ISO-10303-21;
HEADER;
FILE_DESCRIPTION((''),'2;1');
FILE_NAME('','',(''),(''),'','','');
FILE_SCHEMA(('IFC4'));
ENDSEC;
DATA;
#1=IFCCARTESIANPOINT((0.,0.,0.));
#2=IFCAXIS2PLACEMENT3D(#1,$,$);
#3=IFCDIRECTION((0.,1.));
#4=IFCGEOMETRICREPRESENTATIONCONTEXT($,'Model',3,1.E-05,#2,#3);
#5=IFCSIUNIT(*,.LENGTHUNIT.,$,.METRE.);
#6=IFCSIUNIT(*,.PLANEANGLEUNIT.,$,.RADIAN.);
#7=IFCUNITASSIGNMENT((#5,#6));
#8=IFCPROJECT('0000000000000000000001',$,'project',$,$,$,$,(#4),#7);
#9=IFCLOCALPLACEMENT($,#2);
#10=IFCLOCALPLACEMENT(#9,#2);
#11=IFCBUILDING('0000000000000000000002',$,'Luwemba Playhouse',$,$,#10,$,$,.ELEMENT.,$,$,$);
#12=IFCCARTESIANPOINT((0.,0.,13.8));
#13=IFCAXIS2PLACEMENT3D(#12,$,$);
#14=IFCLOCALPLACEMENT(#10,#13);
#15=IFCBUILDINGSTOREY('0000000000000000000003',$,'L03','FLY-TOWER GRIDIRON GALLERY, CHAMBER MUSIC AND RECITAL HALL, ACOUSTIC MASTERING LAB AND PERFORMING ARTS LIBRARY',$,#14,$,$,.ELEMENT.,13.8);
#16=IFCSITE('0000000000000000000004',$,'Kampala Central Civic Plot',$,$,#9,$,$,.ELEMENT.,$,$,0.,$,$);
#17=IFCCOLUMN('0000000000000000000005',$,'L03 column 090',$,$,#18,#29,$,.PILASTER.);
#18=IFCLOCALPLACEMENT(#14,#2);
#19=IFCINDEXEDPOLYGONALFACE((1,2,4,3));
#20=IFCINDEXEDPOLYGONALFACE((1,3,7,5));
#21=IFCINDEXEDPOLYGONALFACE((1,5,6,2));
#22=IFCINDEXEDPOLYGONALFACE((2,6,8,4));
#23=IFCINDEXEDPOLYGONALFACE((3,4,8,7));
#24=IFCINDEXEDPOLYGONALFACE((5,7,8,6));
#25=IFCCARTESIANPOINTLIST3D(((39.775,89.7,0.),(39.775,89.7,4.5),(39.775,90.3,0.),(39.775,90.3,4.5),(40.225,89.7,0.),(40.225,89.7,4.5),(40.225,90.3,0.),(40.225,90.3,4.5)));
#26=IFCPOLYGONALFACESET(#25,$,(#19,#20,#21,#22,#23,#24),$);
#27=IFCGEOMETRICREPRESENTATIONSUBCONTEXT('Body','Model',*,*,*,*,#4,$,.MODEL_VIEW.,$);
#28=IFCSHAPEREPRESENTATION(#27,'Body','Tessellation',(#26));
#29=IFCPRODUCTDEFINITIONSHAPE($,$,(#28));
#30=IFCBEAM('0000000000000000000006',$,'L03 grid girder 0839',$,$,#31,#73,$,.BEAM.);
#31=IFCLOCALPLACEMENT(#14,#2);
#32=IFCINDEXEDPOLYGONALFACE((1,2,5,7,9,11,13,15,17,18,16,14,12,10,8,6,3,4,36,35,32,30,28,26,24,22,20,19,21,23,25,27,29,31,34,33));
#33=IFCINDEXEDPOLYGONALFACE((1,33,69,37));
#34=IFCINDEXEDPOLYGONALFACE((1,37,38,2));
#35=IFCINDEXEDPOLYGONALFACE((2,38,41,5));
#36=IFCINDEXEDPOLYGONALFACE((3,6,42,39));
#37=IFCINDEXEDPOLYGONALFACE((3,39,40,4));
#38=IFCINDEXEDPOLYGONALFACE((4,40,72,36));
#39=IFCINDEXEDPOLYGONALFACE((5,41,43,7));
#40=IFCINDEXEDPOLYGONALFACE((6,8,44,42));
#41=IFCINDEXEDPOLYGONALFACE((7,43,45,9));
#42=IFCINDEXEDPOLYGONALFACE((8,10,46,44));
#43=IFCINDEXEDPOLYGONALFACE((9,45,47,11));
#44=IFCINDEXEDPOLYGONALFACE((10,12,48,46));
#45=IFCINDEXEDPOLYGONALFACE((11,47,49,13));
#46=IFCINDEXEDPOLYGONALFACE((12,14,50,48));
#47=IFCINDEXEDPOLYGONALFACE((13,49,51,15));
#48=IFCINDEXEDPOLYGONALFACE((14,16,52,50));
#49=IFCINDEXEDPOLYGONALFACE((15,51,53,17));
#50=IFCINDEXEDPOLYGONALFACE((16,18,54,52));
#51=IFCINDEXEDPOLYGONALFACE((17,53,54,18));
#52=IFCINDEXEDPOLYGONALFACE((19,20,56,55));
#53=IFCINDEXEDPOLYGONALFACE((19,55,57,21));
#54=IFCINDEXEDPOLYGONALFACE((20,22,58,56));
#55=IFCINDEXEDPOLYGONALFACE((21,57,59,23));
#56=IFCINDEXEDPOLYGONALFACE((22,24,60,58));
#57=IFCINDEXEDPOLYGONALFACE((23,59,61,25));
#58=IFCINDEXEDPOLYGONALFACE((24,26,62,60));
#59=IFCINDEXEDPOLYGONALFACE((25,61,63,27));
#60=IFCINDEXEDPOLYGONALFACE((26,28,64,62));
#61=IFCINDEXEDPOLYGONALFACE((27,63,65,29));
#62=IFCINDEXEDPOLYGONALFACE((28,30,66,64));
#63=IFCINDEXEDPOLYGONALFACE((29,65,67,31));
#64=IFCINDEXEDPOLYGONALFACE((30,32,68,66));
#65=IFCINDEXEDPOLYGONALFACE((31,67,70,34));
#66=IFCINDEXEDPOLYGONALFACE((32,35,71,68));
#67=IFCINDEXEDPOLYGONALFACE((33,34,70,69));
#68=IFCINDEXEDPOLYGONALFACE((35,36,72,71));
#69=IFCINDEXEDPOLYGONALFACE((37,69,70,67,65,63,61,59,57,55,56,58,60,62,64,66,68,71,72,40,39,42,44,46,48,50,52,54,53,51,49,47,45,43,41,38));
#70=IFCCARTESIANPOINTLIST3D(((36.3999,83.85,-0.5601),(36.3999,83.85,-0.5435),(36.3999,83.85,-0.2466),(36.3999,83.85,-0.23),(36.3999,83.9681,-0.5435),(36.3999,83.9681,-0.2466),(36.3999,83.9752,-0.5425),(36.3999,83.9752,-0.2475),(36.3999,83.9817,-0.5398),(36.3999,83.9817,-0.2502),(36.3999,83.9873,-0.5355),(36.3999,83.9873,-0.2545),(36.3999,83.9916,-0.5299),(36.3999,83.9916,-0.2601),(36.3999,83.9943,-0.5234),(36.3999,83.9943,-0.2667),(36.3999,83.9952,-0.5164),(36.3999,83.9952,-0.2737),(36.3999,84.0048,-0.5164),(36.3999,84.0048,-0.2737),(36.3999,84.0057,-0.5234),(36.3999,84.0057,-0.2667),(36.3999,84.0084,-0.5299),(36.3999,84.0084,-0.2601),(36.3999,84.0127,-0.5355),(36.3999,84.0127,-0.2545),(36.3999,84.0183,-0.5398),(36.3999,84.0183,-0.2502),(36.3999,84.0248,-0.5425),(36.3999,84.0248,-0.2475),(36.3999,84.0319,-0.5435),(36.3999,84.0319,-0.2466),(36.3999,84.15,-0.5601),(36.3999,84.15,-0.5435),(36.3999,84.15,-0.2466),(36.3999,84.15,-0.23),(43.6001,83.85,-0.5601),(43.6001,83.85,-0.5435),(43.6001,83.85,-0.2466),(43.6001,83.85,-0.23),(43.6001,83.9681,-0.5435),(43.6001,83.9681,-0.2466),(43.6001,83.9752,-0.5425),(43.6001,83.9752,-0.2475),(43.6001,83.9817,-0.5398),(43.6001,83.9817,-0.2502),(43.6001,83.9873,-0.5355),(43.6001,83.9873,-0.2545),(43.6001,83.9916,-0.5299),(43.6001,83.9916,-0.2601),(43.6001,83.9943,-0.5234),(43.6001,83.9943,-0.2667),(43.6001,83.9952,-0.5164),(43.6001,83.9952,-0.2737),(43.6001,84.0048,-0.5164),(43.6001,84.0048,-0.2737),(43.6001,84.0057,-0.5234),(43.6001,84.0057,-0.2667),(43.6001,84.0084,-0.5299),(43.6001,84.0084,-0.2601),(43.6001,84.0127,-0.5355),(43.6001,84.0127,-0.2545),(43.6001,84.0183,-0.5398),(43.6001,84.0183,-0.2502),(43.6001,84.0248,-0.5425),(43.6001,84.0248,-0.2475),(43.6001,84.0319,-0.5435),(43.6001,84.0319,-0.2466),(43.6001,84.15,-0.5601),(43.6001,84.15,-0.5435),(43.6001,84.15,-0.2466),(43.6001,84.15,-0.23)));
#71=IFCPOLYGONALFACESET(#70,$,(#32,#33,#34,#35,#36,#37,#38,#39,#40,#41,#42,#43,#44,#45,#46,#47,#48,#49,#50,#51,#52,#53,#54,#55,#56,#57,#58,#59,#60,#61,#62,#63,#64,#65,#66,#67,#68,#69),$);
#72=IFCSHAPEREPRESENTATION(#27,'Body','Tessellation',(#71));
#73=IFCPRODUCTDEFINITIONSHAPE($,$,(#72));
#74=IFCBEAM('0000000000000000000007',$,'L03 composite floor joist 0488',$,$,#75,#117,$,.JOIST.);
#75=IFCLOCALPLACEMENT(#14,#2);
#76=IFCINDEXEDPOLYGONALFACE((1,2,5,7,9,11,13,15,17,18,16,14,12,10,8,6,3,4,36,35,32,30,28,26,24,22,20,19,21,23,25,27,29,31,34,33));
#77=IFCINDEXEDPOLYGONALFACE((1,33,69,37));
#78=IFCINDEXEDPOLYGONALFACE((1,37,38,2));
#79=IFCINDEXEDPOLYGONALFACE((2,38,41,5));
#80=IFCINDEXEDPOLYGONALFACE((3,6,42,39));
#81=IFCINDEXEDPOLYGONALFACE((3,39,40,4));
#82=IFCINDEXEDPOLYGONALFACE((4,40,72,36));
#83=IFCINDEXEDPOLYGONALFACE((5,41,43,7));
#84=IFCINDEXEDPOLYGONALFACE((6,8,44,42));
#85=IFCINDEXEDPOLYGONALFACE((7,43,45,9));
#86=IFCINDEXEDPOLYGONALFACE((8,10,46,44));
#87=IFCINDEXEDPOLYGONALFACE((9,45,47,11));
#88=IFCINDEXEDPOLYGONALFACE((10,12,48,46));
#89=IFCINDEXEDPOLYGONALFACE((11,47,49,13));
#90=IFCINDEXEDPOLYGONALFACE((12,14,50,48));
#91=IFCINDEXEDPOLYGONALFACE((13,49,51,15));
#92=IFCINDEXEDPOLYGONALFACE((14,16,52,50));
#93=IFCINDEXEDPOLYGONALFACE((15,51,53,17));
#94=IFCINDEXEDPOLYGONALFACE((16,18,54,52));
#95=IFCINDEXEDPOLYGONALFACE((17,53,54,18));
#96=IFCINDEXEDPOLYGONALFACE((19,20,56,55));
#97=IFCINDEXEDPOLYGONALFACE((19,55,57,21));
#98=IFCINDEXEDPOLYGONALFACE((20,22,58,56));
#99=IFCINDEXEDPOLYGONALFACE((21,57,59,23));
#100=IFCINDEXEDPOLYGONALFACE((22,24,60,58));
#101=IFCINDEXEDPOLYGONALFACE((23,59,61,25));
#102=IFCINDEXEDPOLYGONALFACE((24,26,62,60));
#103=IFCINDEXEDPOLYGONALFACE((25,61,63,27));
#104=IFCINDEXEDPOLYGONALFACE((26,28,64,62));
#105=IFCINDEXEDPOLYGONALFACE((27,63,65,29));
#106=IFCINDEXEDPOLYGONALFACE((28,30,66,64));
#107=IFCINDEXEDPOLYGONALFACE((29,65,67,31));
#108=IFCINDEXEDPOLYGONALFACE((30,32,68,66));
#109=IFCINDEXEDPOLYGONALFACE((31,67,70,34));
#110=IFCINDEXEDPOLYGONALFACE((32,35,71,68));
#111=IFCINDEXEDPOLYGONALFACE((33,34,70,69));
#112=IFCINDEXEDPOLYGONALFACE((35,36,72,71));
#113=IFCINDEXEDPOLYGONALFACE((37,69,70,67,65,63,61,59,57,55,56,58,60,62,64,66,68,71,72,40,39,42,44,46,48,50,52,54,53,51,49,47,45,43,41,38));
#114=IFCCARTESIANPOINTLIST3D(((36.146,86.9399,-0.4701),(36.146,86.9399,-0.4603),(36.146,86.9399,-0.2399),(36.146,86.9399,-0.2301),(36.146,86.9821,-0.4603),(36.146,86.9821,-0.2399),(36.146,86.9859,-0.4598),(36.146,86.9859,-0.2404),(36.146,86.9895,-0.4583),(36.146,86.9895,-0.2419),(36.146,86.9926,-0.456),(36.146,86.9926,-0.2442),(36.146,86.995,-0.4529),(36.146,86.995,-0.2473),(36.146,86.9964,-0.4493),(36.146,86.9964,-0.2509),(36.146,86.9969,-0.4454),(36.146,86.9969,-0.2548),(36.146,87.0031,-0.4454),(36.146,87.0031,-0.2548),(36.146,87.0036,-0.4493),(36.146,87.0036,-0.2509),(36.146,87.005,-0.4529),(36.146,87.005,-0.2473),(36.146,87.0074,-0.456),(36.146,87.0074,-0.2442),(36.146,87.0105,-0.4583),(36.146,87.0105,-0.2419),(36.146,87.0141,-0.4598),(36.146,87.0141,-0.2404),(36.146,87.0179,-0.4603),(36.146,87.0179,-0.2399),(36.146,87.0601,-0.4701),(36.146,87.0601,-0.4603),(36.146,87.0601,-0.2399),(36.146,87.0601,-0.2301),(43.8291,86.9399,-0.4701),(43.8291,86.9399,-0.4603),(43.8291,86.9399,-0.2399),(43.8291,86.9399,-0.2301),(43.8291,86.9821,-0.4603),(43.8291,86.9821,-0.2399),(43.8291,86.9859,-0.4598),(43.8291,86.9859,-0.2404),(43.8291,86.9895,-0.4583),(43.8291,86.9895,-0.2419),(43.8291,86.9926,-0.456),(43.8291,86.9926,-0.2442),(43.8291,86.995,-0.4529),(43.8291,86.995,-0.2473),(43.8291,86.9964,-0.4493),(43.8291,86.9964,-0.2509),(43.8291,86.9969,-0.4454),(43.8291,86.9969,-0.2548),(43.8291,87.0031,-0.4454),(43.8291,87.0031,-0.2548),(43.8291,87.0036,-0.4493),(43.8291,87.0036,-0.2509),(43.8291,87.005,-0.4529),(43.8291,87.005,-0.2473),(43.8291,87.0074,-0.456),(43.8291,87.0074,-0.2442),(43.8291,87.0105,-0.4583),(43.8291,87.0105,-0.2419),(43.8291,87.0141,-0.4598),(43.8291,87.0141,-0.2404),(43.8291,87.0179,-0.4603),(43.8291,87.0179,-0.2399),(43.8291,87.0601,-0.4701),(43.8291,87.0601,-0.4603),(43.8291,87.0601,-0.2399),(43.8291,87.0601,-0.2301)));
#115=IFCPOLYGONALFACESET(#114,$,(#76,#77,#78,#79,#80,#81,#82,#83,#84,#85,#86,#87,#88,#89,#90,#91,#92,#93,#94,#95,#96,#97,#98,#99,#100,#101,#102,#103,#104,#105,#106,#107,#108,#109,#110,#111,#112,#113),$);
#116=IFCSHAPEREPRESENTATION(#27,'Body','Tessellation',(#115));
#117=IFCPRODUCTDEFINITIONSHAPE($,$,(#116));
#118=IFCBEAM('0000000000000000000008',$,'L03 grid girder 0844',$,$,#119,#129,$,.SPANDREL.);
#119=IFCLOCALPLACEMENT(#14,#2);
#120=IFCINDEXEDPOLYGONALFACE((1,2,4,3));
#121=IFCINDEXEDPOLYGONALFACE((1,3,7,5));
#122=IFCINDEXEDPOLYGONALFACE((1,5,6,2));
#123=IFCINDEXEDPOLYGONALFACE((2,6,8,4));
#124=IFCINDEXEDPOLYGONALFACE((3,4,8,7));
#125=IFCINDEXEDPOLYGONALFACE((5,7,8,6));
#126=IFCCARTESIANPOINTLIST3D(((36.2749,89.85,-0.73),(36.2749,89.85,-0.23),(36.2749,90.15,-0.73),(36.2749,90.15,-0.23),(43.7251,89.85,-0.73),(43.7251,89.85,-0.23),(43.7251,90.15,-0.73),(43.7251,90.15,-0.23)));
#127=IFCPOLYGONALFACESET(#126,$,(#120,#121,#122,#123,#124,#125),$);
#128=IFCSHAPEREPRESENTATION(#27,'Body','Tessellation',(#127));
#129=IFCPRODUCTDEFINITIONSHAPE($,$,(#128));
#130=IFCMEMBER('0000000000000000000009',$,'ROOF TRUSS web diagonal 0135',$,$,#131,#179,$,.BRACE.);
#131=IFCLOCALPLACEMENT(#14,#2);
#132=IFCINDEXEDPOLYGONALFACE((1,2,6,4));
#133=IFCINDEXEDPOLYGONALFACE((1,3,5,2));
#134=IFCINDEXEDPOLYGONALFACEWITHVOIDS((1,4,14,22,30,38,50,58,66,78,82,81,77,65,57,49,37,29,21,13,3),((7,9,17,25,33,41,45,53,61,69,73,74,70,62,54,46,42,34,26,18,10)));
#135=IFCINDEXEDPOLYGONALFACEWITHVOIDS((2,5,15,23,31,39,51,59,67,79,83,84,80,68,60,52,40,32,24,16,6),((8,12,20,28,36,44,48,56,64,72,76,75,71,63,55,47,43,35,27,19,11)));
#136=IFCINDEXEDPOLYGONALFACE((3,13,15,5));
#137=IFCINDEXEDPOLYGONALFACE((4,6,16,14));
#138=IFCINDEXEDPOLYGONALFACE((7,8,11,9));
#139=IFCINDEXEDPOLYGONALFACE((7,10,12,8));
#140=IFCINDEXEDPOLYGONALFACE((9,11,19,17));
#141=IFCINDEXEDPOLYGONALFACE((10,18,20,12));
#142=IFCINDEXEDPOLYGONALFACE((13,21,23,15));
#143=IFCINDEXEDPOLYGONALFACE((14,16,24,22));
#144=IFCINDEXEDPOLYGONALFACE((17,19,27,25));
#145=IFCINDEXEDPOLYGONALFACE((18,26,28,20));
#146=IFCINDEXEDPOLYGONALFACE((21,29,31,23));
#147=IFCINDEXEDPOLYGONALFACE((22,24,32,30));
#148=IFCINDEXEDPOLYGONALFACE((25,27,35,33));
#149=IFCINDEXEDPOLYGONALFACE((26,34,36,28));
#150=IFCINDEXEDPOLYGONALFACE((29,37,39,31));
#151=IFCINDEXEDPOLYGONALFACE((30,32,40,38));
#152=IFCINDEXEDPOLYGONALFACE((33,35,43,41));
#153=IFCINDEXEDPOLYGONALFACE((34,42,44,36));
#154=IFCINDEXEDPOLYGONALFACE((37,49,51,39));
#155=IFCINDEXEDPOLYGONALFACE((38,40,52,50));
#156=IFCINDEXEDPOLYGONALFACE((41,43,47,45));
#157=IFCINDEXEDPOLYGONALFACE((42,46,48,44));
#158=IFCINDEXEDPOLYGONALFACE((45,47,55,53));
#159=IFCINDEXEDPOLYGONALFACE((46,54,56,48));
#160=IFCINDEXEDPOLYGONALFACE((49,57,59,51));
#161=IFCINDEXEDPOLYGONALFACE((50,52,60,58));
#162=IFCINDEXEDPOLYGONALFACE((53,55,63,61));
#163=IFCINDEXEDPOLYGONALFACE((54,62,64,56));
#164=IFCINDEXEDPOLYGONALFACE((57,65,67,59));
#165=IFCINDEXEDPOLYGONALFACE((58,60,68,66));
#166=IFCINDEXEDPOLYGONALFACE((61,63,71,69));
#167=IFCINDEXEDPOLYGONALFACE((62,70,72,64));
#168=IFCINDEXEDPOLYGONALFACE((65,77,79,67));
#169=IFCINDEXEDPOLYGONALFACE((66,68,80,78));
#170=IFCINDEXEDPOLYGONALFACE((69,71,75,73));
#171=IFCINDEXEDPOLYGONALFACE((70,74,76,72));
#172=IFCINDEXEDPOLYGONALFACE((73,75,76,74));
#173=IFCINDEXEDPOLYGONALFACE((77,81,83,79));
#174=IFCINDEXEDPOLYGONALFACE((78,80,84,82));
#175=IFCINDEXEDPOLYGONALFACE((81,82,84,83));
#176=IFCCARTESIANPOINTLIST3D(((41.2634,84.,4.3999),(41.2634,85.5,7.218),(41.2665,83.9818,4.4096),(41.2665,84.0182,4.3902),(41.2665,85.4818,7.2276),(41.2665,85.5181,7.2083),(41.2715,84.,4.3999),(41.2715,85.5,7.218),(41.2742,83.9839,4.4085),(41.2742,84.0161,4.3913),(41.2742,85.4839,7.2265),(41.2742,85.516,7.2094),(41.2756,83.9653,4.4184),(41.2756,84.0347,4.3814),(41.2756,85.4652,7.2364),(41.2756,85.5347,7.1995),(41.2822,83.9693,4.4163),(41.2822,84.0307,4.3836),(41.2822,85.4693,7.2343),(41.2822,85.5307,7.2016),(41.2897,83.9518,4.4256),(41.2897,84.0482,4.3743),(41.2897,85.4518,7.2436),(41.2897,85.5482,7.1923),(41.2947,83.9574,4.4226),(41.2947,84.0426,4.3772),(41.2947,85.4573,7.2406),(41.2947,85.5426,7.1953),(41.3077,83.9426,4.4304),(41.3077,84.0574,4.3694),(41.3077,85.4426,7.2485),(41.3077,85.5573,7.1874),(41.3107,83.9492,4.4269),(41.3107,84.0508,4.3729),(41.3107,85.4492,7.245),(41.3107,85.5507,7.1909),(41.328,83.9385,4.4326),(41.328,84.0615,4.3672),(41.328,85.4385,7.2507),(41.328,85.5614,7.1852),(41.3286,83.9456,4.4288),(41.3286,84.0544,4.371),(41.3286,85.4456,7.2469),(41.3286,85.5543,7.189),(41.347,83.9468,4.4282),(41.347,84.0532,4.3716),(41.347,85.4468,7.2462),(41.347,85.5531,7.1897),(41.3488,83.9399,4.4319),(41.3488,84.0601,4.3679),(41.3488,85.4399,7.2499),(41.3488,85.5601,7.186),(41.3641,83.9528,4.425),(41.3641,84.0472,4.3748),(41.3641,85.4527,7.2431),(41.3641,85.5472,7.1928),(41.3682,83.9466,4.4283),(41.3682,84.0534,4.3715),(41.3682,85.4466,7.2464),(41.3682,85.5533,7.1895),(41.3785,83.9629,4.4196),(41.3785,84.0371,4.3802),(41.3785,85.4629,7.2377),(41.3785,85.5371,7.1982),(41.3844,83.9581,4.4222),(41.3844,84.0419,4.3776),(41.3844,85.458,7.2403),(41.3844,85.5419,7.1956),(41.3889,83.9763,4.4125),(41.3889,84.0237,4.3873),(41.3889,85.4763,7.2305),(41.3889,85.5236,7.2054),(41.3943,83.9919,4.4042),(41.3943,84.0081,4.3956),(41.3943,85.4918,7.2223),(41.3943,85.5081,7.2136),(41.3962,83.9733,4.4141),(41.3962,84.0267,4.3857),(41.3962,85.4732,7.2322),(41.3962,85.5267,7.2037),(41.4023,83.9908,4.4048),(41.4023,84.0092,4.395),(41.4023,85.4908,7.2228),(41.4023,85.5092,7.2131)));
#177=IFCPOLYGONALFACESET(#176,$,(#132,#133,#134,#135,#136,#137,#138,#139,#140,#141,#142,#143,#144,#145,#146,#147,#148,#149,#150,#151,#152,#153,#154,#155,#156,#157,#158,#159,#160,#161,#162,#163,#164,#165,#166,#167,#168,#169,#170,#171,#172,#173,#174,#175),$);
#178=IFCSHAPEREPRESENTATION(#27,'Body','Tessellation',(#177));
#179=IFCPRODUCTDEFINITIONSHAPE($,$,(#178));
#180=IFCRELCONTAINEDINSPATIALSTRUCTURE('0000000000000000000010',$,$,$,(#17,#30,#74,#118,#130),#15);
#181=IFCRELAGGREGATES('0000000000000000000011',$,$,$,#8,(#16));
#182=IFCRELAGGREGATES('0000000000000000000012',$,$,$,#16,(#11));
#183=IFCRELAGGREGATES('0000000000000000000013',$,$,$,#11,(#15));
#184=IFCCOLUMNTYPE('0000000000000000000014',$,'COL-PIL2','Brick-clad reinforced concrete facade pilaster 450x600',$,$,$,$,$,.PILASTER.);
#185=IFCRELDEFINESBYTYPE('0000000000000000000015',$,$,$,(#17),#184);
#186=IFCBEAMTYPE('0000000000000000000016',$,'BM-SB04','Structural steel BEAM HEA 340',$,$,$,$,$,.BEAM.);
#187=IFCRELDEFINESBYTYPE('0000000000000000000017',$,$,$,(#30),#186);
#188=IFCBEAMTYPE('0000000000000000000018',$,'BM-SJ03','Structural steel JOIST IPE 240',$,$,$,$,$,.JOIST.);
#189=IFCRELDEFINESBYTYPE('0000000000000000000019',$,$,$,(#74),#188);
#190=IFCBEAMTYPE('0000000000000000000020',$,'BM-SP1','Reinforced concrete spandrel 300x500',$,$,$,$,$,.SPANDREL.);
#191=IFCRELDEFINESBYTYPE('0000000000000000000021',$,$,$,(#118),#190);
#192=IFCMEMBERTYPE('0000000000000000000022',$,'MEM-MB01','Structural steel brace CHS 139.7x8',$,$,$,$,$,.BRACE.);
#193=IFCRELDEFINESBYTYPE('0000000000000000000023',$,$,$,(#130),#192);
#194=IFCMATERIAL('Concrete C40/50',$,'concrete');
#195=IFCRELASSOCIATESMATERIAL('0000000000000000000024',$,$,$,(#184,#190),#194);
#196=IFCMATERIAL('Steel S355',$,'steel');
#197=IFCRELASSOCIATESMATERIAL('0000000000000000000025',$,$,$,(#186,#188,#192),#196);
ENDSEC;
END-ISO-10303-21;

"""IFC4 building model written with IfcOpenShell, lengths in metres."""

from ifc_helpers import new_model, si_unit, direction, frame, origin, origin_2d, place, context, subcontext, project, spatial, rectangle, hollow_circle, i_section, extrude, material, material_profile, profile_set, type_object, element, save


model = new_model("IFC4")

# Units and contexts
model_context = context("Model", 3, precision=1e-05, world=origin(), true_north=direction((0.0, 1.0)))
body_context = subcontext(model_context, "Body", "Model", "MODEL_VIEW")
ifc_project = project(units=[si_unit("LENGTHUNIT", "METRE"), si_unit("PLANEANGLEUNIT", "RADIAN")], contexts=[model_context])

# Site, building, storey
site_placement = place(None, origin())
site = spatial("IfcSite", under=ifc_project, at=site_placement, Name="Kampala Central Civic Plot", CompositionType="ELEMENT", RefElevation=0.0)
building_placement = place(site_placement, origin())
building = spatial("IfcBuilding", under=site, at=building_placement, Name="Luwemba Playhouse", CompositionType="ELEMENT")
storey_placement = place(building_placement, frame((0.0, 0.0, 13.8)))
storey = spatial("IfcBuildingStorey", under=building, at=storey_placement, Name="L03", Description="FLY-TOWER GRIDIRON GALLERY, CHAMBER MUSIC AND RECITAL HALL, ACOUSTIC MASTERING LAB AND PERFORMING ARTS LIBRARY", CompositionType="ELEMENT", Elevation=13.8)

# Column
ifc_material_1 = material(Name="Concrete C40/50", Category="concrete")
ifc_material_profile_1 = material_profile(ifc_material_1, rectangle(XDim=0.45, YDim=0.6001, at=origin_2d()))
ifc_profile_set_1 = profile_set([ifc_material_profile_1], Name="Concrete C40/50")
column_type = type_object("IfcColumnType", Name="COL-PIL2", Description="Brick-clad reinforced concrete facade pilaster 450x600", PredefinedType="PILASTER", material=ifc_profile_set_1)
column_placement = place(storey_placement, frame((40.0, 90.0, 0.0), z_axis=(0.0, 0.0, 1.0), x_axis=(1.0, 0.0, 0.0)))
element("IfcColumn", 1, at=column_placement, inside=storey, type_object=column_type, Name="L03 column 090", PredefinedType="PILASTER", context=body_context, shape_type="SweptSolid", body=[
    extrude(rectangle(XDim=0.45, YDim=0.6001, at=origin_2d()), origin(), (0.0, 0.0, 1.0), 4.5),
])

# Beams
ifc_material_2 = material(Name="Steel S355", Category="steel")
ifc_material_profile_2 = material_profile(ifc_material_2, i_section(OverallWidth=0.3, OverallDepth=0.3301, WebThickness=0.0095, FlangeThickness=0.0166, FilletRadius=0.0271, at=origin_2d()))
ifc_profile_set_2 = profile_set([ifc_material_profile_2], Name="Steel S355")
beam_type_1 = type_object("IfcBeamType", Name="BM-SB04", Description="Structural steel BEAM HEA 340", PredefinedType="BEAM", material=ifc_profile_set_2)
beam_1_placement = place(storey_placement, frame((36.3999, 84.0, -0.395), z_axis=(1.0, 0.0, 0.0), x_axis=(0.0, 1.0, 0.0)))
element("IfcBeam", 2, at=beam_1_placement, inside=storey, type_object=beam_type_1, Name="L03 grid girder 0839", PredefinedType="BEAM", context=body_context, shape_type="SweptSolid", body=[
    extrude(i_section(OverallWidth=0.3, OverallDepth=0.3301, WebThickness=0.0095, FlangeThickness=0.0166, FilletRadius=0.0271, at=origin_2d()), origin(), (0.0, 0.0, 1.0), 7.2002),
])
ifc_material_profile_3 = material_profile(ifc_material_2, i_section(OverallWidth=0.1201, OverallDepth=0.24, WebThickness=0.0061, FlangeThickness=0.0098, FilletRadius=0.0149, at=origin_2d()))
ifc_profile_set_3 = profile_set([ifc_material_profile_3], Name="Steel S355")
beam_type_2 = type_object("IfcBeamType", Name="BM-SJ03", Description="Structural steel JOIST IPE 240", PredefinedType="JOIST", material=ifc_profile_set_3)
beam_2_placement = place(storey_placement, frame((36.146, 87.0, -0.3501), z_axis=(1.0, 0.0, 0.0), x_axis=(0.0, 1.0, 0.0)))
element("IfcBeam", 3, at=beam_2_placement, inside=storey, type_object=beam_type_2, Name="L03 composite floor joist 0488", PredefinedType="JOIST", context=body_context, shape_type="SweptSolid", body=[
    extrude(i_section(OverallWidth=0.1201, OverallDepth=0.24, WebThickness=0.0061, FlangeThickness=0.0098, FilletRadius=0.0149, at=origin_2d()), origin(), (0.0, 0.0, 1.0), 7.6831),
])
ifc_material_profile_4 = material_profile(ifc_material_1, rectangle(XDim=0.3, YDim=0.5, at=origin_2d()))
ifc_profile_set_4 = profile_set([ifc_material_profile_4], Name="Concrete C40/50")
beam_type_3 = type_object("IfcBeamType", Name="BM-SP1", Description="Reinforced concrete spandrel 300x500", PredefinedType="SPANDREL", material=ifc_profile_set_4)
beam_3_placement = place(storey_placement, frame((36.2749, 90.0, -0.48), z_axis=(1.0, 0.0, 0.0), x_axis=(0.0, 1.0, 0.0)))
element("IfcBeam", 4, at=beam_3_placement, inside=storey, type_object=beam_type_3, Name="L03 grid girder 0844", PredefinedType="SPANDREL", context=body_context, shape_type="SweptSolid", body=[
    extrude(rectangle(XDim=0.3, YDim=0.5, at=origin_2d()), origin(), (0.0, 0.0, 1.0), 7.4502),
])

# Member
ifc_material_profile_5 = material_profile(ifc_material_2, hollow_circle(Radius=0.0698, WallThickness=0.0081, at=origin_2d()))
ifc_profile_set_5 = profile_set([ifc_material_profile_5], Name="Steel S355")
member_type_1 = type_object("IfcMemberType", Name="MEM-MB01", Description="Structural steel brace CHS 139.7x8", PredefinedType="BRACE", material=ifc_profile_set_5)
for number, where, z_axis, x_axis, name in (
    (5, (41.3333, 84.0, 4.3999), (0.0, 0.469858, 0.882742), (-1.0, 0.0, 0.0), "ROOF TRUSS web diagonal 0135"),
):
    element("IfcMember", number, at=place(storey_placement, frame(where, z_axis=z_axis, x_axis=x_axis)), inside=storey, type_object=member_type_1, Name=name, PredefinedType="BRACE", context=body_context, shape_type="SweptSolid", body=[
        extrude(hollow_circle(Radius=0.0698, WallThickness=0.0081, at=origin_2d()), origin(), (0.0, 0.0, 1.0), 3.1924),
    ])

save(model, "model.ifc")
